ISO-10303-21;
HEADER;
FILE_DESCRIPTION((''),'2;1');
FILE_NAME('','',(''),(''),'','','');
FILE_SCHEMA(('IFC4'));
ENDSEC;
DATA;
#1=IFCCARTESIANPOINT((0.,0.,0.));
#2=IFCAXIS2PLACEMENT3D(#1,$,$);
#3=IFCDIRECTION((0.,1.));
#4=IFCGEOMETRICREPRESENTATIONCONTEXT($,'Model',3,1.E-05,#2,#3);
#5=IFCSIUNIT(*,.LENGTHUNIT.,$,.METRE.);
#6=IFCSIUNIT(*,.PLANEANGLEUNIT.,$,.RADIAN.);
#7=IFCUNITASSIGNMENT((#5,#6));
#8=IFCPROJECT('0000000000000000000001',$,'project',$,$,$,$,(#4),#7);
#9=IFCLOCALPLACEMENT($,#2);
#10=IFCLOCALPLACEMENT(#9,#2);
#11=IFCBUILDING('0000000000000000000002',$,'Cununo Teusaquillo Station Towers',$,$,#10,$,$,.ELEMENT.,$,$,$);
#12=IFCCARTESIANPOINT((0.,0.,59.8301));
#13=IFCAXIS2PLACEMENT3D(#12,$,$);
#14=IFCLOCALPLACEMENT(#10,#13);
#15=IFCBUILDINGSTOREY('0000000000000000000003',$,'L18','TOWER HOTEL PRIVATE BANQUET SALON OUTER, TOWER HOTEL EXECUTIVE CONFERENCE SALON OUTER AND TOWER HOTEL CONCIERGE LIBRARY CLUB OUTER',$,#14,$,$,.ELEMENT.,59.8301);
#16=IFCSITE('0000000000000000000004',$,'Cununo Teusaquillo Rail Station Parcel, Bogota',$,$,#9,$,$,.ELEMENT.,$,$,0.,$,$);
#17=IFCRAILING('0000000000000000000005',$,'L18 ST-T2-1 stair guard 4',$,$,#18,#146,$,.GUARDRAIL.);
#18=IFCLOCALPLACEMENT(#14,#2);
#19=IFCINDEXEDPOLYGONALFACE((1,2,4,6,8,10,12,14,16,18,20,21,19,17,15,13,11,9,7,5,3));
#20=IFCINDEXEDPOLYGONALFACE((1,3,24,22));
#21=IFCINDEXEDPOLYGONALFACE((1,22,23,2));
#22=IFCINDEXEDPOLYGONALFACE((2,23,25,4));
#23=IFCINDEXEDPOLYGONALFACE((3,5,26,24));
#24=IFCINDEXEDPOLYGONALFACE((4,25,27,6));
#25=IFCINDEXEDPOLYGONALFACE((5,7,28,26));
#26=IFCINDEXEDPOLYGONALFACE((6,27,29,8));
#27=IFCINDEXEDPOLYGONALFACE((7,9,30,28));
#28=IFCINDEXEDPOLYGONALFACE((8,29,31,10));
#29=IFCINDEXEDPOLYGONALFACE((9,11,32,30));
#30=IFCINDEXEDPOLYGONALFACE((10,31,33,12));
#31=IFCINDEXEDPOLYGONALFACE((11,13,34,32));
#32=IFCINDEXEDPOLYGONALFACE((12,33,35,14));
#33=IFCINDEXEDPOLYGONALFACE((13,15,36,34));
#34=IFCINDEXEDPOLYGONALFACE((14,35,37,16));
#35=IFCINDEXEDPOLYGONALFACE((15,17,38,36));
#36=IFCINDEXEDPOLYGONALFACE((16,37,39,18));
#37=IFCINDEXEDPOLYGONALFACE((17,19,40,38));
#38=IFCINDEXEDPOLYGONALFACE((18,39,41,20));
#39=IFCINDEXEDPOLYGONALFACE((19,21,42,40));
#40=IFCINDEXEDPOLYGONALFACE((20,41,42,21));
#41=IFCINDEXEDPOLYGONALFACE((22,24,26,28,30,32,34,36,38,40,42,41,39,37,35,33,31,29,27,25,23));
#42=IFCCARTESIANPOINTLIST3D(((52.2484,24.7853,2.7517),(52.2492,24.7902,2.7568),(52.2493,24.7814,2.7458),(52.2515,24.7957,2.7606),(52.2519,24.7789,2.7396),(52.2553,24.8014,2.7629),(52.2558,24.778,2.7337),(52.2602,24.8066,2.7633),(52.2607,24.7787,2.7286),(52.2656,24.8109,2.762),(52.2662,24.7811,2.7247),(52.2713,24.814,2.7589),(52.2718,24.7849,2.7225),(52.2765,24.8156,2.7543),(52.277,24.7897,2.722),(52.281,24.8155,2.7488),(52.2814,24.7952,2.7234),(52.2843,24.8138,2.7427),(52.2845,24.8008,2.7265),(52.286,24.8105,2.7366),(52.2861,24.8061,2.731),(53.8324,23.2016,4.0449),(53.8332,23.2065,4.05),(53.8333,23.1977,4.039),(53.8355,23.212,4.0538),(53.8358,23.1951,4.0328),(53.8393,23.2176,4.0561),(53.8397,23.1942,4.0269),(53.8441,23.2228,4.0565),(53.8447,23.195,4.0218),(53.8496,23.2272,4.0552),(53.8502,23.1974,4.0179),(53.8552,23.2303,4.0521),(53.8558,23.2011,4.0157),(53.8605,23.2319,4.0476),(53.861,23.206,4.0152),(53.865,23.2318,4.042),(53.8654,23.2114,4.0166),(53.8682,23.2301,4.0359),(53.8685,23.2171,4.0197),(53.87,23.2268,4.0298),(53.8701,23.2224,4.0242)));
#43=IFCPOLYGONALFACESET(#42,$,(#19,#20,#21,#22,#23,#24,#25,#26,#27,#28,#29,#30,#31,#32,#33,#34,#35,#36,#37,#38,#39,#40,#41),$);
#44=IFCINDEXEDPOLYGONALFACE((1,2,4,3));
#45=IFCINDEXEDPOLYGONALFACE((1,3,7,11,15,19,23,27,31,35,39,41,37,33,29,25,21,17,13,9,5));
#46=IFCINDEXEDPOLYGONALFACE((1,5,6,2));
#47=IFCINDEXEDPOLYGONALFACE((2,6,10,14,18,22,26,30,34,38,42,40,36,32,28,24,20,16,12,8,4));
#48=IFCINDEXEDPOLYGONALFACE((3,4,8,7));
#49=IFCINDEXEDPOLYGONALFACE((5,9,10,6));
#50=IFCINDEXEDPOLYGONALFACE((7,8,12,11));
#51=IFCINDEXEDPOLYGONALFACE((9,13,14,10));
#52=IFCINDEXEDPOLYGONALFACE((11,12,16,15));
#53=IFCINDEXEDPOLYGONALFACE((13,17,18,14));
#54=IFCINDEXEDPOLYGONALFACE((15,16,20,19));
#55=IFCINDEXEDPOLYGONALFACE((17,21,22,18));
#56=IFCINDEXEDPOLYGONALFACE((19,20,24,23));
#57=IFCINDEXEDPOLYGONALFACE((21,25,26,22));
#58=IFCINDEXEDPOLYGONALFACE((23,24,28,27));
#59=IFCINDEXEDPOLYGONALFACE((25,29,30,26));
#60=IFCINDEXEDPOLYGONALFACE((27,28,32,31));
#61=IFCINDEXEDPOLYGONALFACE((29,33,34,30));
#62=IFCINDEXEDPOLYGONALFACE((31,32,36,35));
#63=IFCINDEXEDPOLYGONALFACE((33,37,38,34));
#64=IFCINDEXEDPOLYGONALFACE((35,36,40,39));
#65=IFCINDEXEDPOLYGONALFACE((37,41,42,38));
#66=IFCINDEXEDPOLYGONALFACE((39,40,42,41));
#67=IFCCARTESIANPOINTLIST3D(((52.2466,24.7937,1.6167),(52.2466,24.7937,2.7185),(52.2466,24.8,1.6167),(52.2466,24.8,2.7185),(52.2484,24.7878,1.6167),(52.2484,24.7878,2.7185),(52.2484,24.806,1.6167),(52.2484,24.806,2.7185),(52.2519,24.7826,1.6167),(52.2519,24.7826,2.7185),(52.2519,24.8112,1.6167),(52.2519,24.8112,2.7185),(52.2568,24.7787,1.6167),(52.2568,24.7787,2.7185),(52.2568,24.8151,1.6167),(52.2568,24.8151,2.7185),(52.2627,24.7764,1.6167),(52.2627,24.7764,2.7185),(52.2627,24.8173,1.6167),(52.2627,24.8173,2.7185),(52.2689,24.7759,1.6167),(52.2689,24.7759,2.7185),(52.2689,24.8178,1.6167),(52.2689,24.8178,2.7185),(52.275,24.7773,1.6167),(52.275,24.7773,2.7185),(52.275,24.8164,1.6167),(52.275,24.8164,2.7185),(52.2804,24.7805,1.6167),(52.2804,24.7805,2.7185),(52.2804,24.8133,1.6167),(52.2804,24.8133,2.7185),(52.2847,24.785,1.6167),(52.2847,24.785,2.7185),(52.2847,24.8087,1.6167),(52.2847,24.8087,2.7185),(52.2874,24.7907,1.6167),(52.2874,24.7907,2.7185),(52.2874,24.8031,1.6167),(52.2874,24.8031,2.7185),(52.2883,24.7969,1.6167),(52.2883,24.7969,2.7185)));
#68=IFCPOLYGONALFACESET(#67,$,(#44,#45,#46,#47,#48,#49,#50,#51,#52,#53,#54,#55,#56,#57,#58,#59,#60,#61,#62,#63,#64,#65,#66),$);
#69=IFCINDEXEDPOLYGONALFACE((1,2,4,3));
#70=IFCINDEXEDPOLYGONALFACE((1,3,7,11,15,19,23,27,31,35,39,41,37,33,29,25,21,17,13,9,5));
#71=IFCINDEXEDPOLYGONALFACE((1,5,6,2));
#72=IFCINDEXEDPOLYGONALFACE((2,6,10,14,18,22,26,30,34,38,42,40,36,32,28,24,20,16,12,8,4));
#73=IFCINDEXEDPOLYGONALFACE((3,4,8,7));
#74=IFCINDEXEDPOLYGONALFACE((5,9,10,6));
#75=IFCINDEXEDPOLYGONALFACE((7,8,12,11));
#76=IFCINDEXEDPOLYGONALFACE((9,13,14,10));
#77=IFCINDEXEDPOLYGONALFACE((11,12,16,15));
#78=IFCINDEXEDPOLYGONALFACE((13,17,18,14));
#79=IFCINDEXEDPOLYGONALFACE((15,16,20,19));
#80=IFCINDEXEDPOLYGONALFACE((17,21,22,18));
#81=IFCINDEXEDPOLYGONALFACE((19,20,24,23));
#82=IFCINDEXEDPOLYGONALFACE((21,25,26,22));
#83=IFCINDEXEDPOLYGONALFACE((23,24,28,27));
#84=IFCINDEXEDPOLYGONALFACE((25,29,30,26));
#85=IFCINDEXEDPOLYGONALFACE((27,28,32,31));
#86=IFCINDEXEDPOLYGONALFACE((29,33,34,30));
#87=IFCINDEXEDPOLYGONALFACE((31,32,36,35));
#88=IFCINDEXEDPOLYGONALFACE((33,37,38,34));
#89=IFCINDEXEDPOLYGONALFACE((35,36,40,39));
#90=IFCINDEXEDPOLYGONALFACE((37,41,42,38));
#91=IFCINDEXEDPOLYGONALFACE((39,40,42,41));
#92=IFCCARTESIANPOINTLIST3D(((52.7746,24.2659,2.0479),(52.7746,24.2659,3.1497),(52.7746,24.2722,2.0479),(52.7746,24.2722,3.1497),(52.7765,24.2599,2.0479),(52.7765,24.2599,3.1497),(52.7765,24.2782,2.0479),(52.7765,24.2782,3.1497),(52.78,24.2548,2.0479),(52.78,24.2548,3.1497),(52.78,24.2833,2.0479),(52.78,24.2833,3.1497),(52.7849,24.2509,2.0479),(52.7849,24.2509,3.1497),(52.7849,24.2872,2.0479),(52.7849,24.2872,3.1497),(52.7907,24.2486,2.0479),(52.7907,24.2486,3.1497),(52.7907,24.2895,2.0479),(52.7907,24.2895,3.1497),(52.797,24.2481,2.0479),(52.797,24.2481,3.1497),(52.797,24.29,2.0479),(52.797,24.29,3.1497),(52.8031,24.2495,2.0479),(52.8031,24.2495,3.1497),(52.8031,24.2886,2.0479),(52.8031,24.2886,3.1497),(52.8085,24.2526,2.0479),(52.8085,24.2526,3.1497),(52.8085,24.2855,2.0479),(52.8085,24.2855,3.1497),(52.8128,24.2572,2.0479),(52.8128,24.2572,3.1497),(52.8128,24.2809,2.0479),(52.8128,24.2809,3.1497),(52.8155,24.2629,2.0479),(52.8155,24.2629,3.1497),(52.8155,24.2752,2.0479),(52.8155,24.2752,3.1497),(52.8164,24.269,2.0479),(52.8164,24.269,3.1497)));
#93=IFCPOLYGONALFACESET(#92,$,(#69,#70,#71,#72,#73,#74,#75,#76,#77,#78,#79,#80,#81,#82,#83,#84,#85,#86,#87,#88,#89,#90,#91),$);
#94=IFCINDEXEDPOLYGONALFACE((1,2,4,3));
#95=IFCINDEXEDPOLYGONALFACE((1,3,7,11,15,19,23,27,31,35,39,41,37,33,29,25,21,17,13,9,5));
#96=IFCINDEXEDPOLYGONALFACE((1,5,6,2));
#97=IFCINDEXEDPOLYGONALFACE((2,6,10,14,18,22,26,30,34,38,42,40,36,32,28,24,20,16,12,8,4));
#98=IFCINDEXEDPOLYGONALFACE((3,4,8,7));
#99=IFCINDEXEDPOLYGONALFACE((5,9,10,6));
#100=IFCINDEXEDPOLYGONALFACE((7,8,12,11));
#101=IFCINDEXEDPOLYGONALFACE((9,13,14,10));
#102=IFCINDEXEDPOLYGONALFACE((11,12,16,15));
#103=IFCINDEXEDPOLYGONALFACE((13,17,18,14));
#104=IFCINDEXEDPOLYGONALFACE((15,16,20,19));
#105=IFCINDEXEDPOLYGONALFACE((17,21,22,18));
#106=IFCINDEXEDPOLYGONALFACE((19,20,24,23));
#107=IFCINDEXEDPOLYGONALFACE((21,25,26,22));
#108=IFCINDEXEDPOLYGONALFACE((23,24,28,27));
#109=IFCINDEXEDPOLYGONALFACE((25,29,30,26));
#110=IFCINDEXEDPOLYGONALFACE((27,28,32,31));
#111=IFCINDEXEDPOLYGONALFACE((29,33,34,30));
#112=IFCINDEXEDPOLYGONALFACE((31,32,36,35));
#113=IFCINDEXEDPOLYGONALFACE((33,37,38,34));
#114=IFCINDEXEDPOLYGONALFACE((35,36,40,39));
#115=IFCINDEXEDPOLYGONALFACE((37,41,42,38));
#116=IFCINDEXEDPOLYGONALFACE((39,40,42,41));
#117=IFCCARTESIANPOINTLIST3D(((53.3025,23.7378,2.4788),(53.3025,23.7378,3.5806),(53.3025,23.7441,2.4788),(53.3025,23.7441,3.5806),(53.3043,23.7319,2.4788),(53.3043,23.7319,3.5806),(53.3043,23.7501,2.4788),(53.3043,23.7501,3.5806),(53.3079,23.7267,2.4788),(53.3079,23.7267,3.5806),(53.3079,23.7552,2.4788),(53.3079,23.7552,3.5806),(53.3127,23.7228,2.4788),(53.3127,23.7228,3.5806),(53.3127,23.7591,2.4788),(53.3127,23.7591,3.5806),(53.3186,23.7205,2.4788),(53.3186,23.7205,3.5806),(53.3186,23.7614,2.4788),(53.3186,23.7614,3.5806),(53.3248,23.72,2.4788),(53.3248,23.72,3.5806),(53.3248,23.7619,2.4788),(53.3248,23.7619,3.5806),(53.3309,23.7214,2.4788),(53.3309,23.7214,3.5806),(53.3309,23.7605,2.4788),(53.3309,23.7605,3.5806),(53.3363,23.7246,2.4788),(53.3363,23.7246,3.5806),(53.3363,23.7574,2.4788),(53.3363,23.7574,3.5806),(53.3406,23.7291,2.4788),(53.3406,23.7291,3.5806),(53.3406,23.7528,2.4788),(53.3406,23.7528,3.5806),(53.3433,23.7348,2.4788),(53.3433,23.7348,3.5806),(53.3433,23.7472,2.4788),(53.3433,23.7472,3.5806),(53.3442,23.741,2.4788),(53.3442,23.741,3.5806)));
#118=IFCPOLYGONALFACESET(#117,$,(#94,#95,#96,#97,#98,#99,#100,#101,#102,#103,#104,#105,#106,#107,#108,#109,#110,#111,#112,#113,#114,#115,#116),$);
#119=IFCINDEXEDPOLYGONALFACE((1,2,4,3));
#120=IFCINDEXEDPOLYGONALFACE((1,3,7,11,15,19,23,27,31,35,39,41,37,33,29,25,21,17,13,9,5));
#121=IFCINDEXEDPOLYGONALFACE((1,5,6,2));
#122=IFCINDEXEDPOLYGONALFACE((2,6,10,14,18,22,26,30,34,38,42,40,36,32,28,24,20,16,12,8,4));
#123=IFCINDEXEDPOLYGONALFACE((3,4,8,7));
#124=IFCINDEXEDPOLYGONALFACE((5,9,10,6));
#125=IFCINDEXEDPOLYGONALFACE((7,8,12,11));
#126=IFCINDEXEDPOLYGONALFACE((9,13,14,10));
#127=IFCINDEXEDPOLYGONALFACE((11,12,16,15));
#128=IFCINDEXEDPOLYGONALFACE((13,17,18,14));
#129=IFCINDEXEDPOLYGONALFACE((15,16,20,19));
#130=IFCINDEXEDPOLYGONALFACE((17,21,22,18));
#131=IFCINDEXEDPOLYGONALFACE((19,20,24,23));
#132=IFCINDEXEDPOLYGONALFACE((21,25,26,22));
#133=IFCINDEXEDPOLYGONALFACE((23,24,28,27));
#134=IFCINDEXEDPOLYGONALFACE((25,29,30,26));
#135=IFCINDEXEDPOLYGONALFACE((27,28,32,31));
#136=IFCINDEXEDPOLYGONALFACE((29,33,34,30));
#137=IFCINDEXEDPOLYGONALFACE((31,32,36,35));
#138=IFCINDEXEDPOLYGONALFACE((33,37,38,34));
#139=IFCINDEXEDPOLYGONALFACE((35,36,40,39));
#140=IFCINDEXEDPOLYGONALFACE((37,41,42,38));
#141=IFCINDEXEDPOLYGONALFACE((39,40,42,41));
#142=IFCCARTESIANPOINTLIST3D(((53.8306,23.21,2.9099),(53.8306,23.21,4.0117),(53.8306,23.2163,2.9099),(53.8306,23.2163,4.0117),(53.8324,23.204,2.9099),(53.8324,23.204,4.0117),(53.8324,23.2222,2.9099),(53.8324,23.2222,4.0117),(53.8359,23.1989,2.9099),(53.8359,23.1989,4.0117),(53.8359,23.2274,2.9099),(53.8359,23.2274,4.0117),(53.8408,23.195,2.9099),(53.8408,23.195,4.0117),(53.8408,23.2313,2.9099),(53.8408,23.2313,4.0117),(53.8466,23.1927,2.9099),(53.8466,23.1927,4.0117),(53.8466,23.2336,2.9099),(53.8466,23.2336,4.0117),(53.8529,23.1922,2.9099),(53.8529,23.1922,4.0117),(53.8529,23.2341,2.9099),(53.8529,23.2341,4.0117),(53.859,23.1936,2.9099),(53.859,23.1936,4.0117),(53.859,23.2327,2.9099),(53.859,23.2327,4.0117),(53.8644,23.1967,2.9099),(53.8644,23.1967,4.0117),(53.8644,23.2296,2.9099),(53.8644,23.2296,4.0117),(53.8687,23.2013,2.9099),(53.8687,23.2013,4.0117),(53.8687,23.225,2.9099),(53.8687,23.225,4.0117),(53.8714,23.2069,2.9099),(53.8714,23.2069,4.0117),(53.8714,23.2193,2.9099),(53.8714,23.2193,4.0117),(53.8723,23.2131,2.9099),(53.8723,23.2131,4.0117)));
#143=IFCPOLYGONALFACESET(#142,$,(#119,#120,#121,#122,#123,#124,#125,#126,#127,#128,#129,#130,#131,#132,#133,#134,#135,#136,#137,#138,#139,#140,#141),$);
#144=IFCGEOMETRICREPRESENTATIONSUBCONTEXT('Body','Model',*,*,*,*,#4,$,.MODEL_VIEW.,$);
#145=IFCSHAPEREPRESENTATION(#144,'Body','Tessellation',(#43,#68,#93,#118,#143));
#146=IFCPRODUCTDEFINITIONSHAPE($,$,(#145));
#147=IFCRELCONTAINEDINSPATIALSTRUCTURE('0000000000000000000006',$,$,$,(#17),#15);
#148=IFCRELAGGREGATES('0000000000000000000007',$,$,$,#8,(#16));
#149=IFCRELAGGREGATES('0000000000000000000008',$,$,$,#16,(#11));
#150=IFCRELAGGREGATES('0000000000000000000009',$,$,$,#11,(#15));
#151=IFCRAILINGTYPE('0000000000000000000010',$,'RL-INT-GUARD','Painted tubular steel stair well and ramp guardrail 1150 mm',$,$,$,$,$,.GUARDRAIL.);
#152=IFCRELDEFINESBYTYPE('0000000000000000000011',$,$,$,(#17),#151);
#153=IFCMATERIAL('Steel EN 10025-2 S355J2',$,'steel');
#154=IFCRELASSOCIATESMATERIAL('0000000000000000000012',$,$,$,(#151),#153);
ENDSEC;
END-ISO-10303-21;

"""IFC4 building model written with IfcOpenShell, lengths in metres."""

from ifc_helpers import new_model, si_unit, direction, frame, origin, origin_2d, place, context, subcontext, project, spatial, circle, extrude, material, type_object, element, save


model = new_model("IFC4")

# Units and contexts
model_context = context("Model", 3, precision=1e-05, world=origin(), true_north=direction((0.0, 1.0)))
body_context = subcontext(model_context, "Body", "Model", "MODEL_VIEW")
ifc_project = project(units=[si_unit("LENGTHUNIT", "METRE"), si_unit("PLANEANGLEUNIT", "RADIAN")], contexts=[model_context])

# Site, building, storey
site_placement = place(None, origin())
site = spatial("IfcSite", under=ifc_project, at=site_placement, Name="Cununo Teusaquillo Rail Station Parcel, Bogota", CompositionType="ELEMENT", RefElevation=0.0)
building_placement = place(site_placement, origin())
building = spatial("IfcBuilding", under=site, at=building_placement, Name="Cununo Teusaquillo Station Towers", CompositionType="ELEMENT")
storey_placement = place(building_placement, frame((0.0, 0.0, 59.8301)))
storey = spatial("IfcBuildingStorey", under=building, at=storey_placement, Name="L18", Description="TOWER HOTEL PRIVATE BANQUET SALON OUTER, TOWER HOTEL EXECUTIVE CONFERENCE SALON OUTER AND TOWER HOTEL CONCIERGE LIBRARY CLUB OUTER", CompositionType="ELEMENT", Elevation=59.8301)

# Railing
ifc_material_1 = material(Name="Steel EN 10025-2 S355J2", Category="steel")
railing_type_1 = type_object("IfcRailingType", Name="RL-INT-GUARD", Description="Painted tubular steel stair well and ramp guardrail 1150 mm", PredefinedType="GUARDRAIL", material=ifc_material_1)
railing_1_placement = place(storey_placement, frame((52.2673, 24.7969, 1.6167)))
element("IfcRailing", 1, at=railing_1_placement, inside=storey, type_object=railing_type_1, Name="L18 ST-T2-1 stair guard 4", PredefinedType="GUARDRAIL", context=body_context, shape_type="SweptSolid", body=[
    extrude(circle(Radius=0.0239, at=origin_2d()), frame((0.0, 0.0, 1.126), z_axis=(0.61242, -0.612326, 0.499998), x_axis=(0.707052, 0.707161, 0.0)), (0.0, 0.0, 1.0), 2.5864),
    extrude(circle(Radius=0.021, at=origin_2d()), origin(), (0.0, 0.0, 1.0), 1.1018),
    extrude(circle(Radius=0.021, at=origin_2d()), frame((0.5281, -0.5278, 0.4312)), (0.0, 0.0, 1.0), 1.1018),
    extrude(circle(Radius=0.021, at=origin_2d()), frame((1.0559, -1.0559, 0.8621)), (0.0, 0.0, 1.0), 1.1018),
    extrude(circle(Radius=0.021, at=origin_2d()), frame((1.584, -1.5837, 1.2932)), (0.0, 0.0, 1.0), 1.1018),
])

save(model, "model.ifc")
